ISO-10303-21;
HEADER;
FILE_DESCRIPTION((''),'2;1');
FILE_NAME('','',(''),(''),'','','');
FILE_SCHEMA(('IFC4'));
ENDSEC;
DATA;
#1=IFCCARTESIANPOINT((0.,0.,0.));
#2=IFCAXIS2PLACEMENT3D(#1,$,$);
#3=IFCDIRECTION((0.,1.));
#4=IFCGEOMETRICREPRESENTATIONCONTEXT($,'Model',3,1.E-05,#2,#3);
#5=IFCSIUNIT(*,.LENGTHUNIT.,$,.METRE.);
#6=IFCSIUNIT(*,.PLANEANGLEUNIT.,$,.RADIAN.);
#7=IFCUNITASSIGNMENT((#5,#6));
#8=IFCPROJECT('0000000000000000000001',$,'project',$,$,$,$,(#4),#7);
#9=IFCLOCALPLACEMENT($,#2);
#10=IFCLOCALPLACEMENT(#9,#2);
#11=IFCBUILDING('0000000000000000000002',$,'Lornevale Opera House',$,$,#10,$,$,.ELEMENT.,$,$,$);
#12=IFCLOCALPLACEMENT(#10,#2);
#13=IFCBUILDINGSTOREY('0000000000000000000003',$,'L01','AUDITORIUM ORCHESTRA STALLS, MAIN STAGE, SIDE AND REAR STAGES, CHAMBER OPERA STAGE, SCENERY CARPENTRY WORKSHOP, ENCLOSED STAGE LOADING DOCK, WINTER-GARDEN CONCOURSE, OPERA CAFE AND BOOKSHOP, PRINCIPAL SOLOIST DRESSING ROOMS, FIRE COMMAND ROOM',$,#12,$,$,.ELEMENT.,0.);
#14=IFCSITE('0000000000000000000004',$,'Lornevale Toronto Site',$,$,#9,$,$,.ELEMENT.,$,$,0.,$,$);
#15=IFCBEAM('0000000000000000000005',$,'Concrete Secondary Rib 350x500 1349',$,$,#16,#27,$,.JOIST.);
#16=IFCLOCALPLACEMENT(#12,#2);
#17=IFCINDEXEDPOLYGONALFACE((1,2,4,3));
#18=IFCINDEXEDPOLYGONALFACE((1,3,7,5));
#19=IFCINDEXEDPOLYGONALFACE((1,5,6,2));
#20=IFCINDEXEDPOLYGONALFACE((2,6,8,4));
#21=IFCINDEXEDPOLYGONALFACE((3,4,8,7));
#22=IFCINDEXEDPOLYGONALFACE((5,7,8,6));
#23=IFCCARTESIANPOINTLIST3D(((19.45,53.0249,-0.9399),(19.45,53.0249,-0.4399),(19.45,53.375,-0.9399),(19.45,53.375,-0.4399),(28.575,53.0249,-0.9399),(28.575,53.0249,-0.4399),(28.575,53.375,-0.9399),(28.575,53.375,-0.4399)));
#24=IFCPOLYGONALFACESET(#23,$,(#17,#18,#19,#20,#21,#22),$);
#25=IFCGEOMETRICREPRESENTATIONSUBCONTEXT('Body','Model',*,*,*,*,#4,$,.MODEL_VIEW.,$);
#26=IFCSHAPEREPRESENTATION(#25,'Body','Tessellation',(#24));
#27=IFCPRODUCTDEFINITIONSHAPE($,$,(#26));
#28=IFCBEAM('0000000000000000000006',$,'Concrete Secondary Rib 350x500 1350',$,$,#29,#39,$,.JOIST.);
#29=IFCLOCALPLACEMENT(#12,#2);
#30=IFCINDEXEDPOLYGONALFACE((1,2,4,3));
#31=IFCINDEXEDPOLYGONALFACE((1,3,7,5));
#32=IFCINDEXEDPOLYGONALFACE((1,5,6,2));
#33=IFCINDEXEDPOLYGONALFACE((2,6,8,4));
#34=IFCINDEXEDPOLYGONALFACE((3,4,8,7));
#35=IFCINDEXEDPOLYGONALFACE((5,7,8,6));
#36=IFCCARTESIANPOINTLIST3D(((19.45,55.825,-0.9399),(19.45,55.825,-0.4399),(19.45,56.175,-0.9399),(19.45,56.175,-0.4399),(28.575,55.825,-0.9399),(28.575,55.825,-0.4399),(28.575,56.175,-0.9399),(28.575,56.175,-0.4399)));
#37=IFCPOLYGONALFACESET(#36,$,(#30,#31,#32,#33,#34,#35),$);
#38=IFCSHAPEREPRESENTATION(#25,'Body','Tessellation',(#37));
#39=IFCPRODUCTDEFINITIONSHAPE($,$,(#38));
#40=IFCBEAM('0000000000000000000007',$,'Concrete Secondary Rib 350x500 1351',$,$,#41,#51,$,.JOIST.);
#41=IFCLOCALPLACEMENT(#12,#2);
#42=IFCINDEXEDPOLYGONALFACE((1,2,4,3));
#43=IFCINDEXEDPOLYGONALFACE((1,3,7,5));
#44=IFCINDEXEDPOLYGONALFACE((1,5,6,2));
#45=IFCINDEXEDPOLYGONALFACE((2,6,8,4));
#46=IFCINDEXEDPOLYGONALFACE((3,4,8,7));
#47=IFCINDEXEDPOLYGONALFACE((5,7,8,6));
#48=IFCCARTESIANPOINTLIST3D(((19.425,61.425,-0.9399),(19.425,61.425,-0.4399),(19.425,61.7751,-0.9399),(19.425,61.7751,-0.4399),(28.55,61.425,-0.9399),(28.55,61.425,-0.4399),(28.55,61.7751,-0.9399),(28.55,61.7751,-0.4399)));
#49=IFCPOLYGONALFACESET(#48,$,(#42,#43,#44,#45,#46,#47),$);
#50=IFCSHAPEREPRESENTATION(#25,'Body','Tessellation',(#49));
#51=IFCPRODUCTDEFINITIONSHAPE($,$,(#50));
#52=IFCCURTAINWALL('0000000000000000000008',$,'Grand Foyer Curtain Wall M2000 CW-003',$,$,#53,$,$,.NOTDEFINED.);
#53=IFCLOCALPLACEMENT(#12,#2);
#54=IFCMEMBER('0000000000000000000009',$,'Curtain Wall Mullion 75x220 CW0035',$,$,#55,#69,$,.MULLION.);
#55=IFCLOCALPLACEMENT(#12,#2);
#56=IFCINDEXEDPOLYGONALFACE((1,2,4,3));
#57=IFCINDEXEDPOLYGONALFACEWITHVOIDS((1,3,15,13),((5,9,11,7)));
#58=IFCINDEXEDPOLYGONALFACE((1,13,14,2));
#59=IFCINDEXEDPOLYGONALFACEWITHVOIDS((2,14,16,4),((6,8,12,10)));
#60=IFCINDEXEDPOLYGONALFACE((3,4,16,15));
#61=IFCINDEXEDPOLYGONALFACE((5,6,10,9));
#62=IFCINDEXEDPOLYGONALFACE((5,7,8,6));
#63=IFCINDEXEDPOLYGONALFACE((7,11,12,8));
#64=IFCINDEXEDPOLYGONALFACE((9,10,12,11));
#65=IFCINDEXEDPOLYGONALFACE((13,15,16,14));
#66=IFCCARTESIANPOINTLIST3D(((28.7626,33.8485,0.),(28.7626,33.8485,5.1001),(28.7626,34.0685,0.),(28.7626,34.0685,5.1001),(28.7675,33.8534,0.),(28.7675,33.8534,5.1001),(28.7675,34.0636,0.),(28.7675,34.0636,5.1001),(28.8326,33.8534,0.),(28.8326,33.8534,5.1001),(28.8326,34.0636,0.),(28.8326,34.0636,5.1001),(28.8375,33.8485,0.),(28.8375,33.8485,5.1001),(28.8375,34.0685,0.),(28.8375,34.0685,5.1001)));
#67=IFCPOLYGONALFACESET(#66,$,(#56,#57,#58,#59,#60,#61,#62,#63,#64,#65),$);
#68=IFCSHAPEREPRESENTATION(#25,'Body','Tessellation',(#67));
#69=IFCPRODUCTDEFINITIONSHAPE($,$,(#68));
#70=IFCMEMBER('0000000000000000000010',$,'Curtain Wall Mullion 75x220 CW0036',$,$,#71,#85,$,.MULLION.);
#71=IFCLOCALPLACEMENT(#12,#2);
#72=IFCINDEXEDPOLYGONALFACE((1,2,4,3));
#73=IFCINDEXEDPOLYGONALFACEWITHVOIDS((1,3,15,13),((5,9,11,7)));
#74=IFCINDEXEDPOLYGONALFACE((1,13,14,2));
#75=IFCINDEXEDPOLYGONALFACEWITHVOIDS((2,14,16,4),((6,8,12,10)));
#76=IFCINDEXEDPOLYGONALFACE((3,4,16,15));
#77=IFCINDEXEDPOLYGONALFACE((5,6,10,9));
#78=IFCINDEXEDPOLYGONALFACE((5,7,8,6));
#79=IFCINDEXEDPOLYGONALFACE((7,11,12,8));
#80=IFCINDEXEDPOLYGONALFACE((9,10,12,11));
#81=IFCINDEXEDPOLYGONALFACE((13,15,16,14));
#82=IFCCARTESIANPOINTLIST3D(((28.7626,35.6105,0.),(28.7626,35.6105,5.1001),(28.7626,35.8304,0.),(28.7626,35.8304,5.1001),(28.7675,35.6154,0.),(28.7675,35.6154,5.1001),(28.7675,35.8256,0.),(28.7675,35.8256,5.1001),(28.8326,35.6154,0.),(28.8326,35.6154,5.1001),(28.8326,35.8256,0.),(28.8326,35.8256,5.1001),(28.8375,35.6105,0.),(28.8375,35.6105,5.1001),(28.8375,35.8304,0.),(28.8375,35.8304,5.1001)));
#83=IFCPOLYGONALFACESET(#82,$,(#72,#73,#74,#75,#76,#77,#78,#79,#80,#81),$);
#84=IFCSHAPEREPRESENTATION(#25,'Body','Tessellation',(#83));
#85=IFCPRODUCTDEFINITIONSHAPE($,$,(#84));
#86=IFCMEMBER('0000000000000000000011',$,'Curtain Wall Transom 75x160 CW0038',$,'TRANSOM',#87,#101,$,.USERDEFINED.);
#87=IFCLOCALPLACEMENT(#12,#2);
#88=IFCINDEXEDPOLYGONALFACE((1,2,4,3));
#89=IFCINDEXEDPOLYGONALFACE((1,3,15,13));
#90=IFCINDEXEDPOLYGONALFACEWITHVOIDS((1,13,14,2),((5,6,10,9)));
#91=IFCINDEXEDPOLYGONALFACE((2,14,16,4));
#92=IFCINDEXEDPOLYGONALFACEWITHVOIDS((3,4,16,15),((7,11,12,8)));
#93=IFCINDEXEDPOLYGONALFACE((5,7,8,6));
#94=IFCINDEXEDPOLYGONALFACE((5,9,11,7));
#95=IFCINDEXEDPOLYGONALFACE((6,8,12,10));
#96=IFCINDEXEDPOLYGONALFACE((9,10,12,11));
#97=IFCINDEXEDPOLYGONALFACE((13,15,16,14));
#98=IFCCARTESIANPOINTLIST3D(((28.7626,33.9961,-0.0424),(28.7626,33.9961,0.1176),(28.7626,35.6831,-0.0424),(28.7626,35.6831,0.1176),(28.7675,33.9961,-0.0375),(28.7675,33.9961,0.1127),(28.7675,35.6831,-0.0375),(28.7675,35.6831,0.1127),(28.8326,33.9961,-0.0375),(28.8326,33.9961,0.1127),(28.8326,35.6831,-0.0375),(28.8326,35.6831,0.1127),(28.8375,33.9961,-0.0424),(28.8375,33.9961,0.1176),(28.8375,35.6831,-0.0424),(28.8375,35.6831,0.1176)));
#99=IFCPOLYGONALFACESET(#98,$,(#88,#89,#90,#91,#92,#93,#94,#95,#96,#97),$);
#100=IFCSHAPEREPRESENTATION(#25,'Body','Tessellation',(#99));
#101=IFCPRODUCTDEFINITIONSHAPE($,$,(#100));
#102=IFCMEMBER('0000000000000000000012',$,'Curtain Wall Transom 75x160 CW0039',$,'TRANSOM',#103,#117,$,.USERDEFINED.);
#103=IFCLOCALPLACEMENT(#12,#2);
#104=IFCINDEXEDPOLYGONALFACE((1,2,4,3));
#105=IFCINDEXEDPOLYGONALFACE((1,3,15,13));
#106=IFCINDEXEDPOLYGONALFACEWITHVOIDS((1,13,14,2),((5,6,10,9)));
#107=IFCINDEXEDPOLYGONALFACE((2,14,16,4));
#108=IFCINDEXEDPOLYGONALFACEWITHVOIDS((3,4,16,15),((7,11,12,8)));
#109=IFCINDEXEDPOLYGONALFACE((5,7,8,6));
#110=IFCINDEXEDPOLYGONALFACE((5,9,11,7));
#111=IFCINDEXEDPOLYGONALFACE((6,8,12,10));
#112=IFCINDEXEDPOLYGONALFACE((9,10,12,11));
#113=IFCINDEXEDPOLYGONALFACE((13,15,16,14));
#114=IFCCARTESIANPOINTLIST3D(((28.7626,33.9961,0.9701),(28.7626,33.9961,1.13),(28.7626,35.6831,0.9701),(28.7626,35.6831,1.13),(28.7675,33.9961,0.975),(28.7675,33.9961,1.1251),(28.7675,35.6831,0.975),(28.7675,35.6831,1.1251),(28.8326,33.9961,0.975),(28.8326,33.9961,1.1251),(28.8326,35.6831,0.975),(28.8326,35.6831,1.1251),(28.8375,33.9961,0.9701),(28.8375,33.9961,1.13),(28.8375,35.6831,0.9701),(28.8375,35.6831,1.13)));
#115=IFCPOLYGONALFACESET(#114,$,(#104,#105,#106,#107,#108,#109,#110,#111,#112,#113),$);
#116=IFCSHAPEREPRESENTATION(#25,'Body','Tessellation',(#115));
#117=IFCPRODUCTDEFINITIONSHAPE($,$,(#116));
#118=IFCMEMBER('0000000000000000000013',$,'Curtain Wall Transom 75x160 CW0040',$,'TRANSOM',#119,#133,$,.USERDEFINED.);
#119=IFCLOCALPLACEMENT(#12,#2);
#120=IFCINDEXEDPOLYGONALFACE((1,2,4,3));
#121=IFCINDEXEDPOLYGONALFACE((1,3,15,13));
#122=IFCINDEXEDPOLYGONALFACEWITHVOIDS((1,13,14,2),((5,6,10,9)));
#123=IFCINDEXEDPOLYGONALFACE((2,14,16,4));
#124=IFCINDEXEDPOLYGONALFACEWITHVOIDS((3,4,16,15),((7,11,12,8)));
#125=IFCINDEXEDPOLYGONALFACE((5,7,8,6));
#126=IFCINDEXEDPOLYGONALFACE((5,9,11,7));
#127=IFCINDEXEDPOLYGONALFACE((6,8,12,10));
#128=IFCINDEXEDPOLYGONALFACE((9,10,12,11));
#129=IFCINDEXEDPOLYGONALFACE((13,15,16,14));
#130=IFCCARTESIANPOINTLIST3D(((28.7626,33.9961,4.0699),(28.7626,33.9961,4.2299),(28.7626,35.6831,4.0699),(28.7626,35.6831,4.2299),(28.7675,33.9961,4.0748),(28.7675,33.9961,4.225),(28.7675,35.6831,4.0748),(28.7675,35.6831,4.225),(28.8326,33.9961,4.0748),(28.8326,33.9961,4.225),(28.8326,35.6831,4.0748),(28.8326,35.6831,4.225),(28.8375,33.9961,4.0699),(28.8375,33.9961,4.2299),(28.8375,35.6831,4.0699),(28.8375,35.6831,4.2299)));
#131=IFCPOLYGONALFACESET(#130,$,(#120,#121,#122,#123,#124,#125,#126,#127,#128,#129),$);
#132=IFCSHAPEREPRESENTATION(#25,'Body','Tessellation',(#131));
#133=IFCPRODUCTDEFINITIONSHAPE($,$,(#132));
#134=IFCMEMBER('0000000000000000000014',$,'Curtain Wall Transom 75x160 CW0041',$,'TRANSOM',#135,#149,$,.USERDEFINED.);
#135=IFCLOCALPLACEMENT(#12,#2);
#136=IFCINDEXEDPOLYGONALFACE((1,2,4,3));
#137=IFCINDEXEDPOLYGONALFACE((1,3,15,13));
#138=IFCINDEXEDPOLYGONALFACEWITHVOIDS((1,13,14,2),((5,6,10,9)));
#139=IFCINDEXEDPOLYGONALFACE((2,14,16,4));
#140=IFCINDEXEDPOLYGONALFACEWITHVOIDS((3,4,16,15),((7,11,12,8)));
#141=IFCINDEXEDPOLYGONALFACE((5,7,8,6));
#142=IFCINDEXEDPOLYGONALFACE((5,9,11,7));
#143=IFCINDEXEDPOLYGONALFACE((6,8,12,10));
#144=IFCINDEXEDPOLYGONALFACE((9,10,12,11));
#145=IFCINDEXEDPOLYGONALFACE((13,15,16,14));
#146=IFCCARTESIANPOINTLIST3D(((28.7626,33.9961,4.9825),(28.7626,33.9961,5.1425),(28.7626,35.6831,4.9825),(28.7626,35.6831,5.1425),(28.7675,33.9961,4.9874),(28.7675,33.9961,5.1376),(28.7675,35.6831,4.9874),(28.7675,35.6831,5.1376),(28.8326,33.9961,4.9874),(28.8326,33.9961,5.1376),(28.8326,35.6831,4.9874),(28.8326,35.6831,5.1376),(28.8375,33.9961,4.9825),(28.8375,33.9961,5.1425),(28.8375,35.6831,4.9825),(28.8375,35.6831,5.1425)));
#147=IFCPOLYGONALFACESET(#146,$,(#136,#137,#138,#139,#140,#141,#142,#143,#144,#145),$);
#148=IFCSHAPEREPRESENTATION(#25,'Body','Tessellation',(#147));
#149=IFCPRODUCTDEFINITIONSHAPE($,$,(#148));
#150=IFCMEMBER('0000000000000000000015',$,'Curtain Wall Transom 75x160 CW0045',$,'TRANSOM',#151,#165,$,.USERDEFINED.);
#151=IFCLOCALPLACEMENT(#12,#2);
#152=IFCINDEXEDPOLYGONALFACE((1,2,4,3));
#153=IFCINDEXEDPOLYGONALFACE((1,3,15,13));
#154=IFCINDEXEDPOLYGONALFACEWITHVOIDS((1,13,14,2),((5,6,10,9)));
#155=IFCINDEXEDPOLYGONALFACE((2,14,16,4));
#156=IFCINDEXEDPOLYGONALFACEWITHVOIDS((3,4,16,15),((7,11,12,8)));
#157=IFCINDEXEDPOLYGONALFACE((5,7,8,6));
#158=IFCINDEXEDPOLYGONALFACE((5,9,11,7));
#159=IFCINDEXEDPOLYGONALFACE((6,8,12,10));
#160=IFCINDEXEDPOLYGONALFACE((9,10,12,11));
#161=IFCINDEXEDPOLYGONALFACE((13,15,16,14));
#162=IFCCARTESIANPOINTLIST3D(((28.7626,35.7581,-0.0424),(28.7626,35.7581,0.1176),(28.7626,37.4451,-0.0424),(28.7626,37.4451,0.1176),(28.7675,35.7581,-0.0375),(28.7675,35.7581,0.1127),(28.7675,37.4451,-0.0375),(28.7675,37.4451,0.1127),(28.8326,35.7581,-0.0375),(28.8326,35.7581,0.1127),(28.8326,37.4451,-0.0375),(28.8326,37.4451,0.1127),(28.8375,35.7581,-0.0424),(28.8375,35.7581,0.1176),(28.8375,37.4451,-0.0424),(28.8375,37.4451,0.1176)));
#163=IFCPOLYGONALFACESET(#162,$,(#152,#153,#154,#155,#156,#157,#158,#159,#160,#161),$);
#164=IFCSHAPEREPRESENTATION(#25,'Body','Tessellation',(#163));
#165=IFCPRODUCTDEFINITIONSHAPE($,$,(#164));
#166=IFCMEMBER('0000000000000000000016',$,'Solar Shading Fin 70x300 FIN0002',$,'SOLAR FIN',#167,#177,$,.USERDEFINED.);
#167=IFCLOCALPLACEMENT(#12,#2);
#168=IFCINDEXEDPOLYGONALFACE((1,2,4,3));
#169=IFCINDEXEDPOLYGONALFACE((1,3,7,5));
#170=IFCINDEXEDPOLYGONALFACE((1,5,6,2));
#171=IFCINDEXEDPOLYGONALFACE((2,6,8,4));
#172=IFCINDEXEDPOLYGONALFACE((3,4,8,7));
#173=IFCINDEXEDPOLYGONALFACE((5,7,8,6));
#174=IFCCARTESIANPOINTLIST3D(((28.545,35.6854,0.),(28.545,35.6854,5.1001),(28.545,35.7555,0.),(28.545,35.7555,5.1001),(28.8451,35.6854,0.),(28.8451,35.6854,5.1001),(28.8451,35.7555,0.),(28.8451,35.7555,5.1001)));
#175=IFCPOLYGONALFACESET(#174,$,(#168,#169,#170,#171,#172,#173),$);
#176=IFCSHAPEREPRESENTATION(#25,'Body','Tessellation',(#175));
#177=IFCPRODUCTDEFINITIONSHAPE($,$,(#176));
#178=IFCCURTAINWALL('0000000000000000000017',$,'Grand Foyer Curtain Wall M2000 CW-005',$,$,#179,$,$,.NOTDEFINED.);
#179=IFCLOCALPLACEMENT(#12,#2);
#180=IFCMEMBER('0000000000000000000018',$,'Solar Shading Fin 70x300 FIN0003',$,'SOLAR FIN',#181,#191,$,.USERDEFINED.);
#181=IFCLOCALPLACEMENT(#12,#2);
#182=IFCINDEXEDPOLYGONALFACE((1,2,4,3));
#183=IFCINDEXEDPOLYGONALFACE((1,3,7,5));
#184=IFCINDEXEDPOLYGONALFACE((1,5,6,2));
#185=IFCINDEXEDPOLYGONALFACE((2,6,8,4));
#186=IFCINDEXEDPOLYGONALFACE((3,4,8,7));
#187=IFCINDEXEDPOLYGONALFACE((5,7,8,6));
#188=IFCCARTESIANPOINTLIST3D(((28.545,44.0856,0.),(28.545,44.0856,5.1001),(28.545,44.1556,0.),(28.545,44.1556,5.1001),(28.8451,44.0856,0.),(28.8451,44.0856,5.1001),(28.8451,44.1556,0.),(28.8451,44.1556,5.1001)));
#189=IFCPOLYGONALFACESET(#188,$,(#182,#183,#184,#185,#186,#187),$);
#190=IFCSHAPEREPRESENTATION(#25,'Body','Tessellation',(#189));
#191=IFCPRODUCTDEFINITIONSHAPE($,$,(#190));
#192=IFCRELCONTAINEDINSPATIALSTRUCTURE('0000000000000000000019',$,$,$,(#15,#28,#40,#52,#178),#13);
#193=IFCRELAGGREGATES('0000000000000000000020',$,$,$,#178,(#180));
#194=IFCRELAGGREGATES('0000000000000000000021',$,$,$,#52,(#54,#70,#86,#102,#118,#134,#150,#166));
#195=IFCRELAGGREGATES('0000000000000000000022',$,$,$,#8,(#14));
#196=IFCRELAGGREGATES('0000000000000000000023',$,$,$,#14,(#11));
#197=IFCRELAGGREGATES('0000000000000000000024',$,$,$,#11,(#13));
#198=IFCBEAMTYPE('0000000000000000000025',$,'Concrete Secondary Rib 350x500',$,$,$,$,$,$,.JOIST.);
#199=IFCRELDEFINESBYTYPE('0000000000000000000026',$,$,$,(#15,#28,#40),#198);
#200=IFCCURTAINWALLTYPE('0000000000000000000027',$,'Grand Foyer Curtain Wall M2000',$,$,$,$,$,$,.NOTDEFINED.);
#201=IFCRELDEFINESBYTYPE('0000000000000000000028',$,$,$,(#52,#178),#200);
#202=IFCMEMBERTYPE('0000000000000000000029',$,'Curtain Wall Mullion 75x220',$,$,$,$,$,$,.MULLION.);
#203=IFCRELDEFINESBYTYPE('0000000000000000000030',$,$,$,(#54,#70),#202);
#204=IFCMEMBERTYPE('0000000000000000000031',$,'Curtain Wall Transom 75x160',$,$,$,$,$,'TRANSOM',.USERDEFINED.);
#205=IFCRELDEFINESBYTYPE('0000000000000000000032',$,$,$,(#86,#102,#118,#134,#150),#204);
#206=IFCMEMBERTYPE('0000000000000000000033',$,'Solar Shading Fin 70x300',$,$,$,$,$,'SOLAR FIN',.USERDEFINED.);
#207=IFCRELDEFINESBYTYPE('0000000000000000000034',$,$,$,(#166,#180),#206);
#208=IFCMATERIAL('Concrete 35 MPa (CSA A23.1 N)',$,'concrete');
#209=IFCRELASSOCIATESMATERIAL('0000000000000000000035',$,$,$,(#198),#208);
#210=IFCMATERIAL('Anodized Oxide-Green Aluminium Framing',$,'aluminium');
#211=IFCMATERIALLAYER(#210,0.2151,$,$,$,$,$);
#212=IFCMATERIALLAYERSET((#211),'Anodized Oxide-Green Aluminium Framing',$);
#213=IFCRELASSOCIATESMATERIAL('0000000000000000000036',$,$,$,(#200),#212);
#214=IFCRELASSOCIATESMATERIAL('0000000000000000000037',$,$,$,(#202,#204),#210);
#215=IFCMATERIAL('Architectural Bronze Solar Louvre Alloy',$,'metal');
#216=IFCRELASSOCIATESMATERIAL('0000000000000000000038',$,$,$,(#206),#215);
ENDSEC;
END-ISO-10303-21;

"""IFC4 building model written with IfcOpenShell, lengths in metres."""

from ifc_helpers import new_model, si_unit, direction, frame, origin, origin_2d, place, context, subcontext, project, spatial, rectangle, hollow_rectangle, extrude, material, layer, layer_set, material_profile, profile_set, type_object, element, aggregate, save


model = new_model("IFC4")

# Units and contexts
model_context = context("Model", 3, precision=1e-05, world=origin(), true_north=direction((0.0, 1.0)))
body_context = subcontext(model_context, "Body", "Model", "MODEL_VIEW")
ifc_project = project(units=[si_unit("LENGTHUNIT", "METRE"), si_unit("PLANEANGLEUNIT", "RADIAN")], contexts=[model_context])

# Site, building, storey
site_placement = place(None, origin())
site = spatial("IfcSite", under=ifc_project, at=site_placement, Name="Lornevale Toronto Site", CompositionType="ELEMENT", RefElevation=0.0)
building_placement = place(site_placement, origin())
building = spatial("IfcBuilding", under=site, at=building_placement, Name="Lornevale Opera House", CompositionType="ELEMENT")
storey_placement = place(building_placement, origin())
storey = spatial("IfcBuildingStorey", under=building, at=storey_placement, Name="L01", Description="AUDITORIUM ORCHESTRA STALLS, MAIN STAGE, SIDE AND REAR STAGES, CHAMBER OPERA STAGE, SCENERY CARPENTRY WORKSHOP, ENCLOSED STAGE LOADING DOCK, WINTER-GARDEN CONCOURSE, OPERA CAFE AND BOOKSHOP, PRINCIPAL SOLOIST DRESSING ROOMS, FIRE COMMAND ROOM", CompositionType="ELEMENT", Elevation=0.0)

# Beams
ifc_material_1 = material(Name="Concrete 35 MPa (CSA A23.1 N)", Category="concrete")
ifc_material_profile_1 = material_profile(ifc_material_1, rectangle(XDim=0.3501, YDim=0.5, at=origin_2d()), Name="RC350x500")
ifc_profile_set_1 = profile_set([ifc_material_profile_1], Name="Concrete 35 MPa (CSA A23.1 N)")
beam_type_1 = type_object("IfcBeamType", Name="Concrete Secondary Rib 350x500", PredefinedType="JOIST", material=ifc_profile_set_1)
for number, where, z_axis, x_axis, name in (
    (1, (19.45, 53.2, -0.6899), (1.0, 0.0, 0.0), (0.0, 1.0, 0.0), "Concrete Secondary Rib 350x500 1349"),
    (2, (19.45, 56.0, -0.6899), (1.0, 0.0, 0.0), (0.0, 1.0, 0.0), "Concrete Secondary Rib 350x500 1350"),
    (3, (19.425, 61.6001, -0.6899), (1.0, 0.0, 0.0), (0.0, 1.0, 0.0), "Concrete Secondary Rib 350x500 1351"),
):
    element("IfcBeam", number, at=place(storey_placement, frame(where, z_axis=z_axis, x_axis=x_axis)), inside=storey, type_object=beam_type_1, Name=name, PredefinedType="JOIST", context=body_context, shape_type="SweptSolid", body=[
        extrude(rectangle(XDim=0.3501, YDim=0.5, at=origin_2d()), origin(), (0.0, 0.0, 1.0), 9.125),
    ])

# Curtain wall, members
ifc_material_2 = material(Name="Anodized Oxide-Green Aluminium Framing", Category="aluminium")
ifc_layer_1 = layer(ifc_material_2, 0.2151)
ifc_layer_set_1 = layer_set([ifc_layer_1], Name="Anodized Oxide-Green Aluminium Framing")
curtain_wall_type = type_object("IfcCurtainWallType", Name="Grand Foyer Curtain Wall M2000", PredefinedType="NOTDEFINED", material=ifc_layer_set_1)
curtain_wall_1_placement = place(storey_placement, origin())
curtain_wall_1 = element("IfcCurtainWall", 4, at=curtain_wall_1_placement, inside=storey, type_object=curtain_wall_type, Name="Grand Foyer Curtain Wall M2000 CW-003", PredefinedType="NOTDEFINED")
ifc_material_profile_2 = material_profile(ifc_material_2, hollow_rectangle(XDim=0.075, YDim=0.22, WallThickness=0.0049, at=origin_2d()), Name="ALU75x220x5")
ifc_profile_set_2 = profile_set([ifc_material_profile_2], Name="Anodized Oxide-Green Aluminium Framing")
member_type_1 = type_object("IfcMemberType", Name="Curtain Wall Mullion 75x220", PredefinedType="MULLION", material=ifc_profile_set_2)
member_1_placement = place(storey_placement, frame((28.8, 33.9585, 0.0), z_axis=(0.0, 0.0, 1.0), x_axis=(-1.0, 0.0, 0.0)))
member_1 = element("IfcMember", 5, at=member_1_placement, type_object=member_type_1, Name="Curtain Wall Mullion 75x220 CW0035", PredefinedType="MULLION", context=body_context, shape_type="SweptSolid", body=[
    extrude(hollow_rectangle(XDim=0.075, YDim=0.22, WallThickness=0.0049, at=origin_2d()), origin(), (0.0, 0.0, 1.0), 5.1001),
])
member_2_placement = place(storey_placement, frame((28.8, 35.7205, 0.0), z_axis=(0.0, 0.0, 1.0), x_axis=(-1.0, 0.0, 0.0)))
member_2 = element("IfcMember", 6, at=member_2_placement, type_object=member_type_1, Name="Curtain Wall Mullion 75x220 CW0036", PredefinedType="MULLION", context=body_context, shape_type="SweptSolid", body=[
    extrude(hollow_rectangle(XDim=0.075, YDim=0.22, WallThickness=0.0049, at=origin_2d()), origin(), (0.0, 0.0, 1.0), 5.1001),
])
ifc_material_profile_3 = material_profile(ifc_material_2, hollow_rectangle(XDim=0.075, YDim=0.1599, WallThickness=0.0049, at=origin_2d()), Name="ALU75x160x5")
ifc_profile_set_3 = profile_set([ifc_material_profile_3], Name="Anodized Oxide-Green Aluminium Framing")
member_type_2 = type_object("IfcMemberType", Name="Curtain Wall Transom 75x160", ElementType="TRANSOM", PredefinedType="USERDEFINED", material=ifc_profile_set_3)
member_3_placement = place(storey_placement, frame((28.8, 33.9961, 0.0376), z_axis=(0.0, 1.0, 0.0), x_axis=(-1.0, 0.0, 0.0)))
member_3 = element("IfcMember", 7, at=member_3_placement, type_object=member_type_2, Name="Curtain Wall Transom 75x160 CW0038", ObjectType="TRANSOM", PredefinedType="USERDEFINED", context=body_context, shape_type="SweptSolid", body=[
    extrude(hollow_rectangle(XDim=0.075, YDim=0.1599, WallThickness=0.0049, at=origin_2d()), origin(), (0.0, 0.0, 1.0), 1.687),
])
member_4_placement = place(storey_placement, frame((28.8, 33.9961, 1.05), z_axis=(0.0, 1.0, 0.0), x_axis=(-1.0, 0.0, 0.0)))
member_4 = element("IfcMember", 8, at=member_4_placement, type_object=member_type_2, Name="Curtain Wall Transom 75x160 CW0039", ObjectType="TRANSOM", PredefinedType="USERDEFINED", context=body_context, shape_type="SweptSolid", body=[
    extrude(hollow_rectangle(XDim=0.075, YDim=0.1599, WallThickness=0.0049, at=origin_2d()), origin(), (0.0, 0.0, 1.0), 1.687),
])
member_5_placement = place(storey_placement, frame((28.8, 33.9961, 4.1499), z_axis=(0.0, 1.0, 0.0), x_axis=(-1.0, 0.0, 0.0)))
member_5 = element("IfcMember", 9, at=member_5_placement, type_object=member_type_2, Name="Curtain Wall Transom 75x160 CW0040", ObjectType="TRANSOM", PredefinedType="USERDEFINED", context=body_context, shape_type="SweptSolid", body=[
    extrude(hollow_rectangle(XDim=0.075, YDim=0.1599, WallThickness=0.0049, at=origin_2d()), origin(), (0.0, 0.0, 1.0), 1.687),
])
member_6_placement = place(storey_placement, frame((28.8, 33.9961, 5.0625), z_axis=(0.0, 1.0, 0.0), x_axis=(-1.0, 0.0, 0.0)))
member_6 = element("IfcMember", 10, at=member_6_placement, type_object=member_type_2, Name="Curtain Wall Transom 75x160 CW0041", ObjectType="TRANSOM", PredefinedType="USERDEFINED", context=body_context, shape_type="SweptSolid", body=[
    extrude(hollow_rectangle(XDim=0.075, YDim=0.1599, WallThickness=0.0049, at=origin_2d()), origin(), (0.0, 0.0, 1.0), 1.687),
])
member_7_placement = place(storey_placement, frame((28.8, 35.7581, 0.0376), z_axis=(0.0, 1.0, 0.0), x_axis=(-1.0, 0.0, 0.0)))
member_7 = element("IfcMember", 11, at=member_7_placement, type_object=member_type_2, Name="Curtain Wall Transom 75x160 CW0045", ObjectType="TRANSOM", PredefinedType="USERDEFINED", context=body_context, shape_type="SweptSolid", body=[
    extrude(hollow_rectangle(XDim=0.075, YDim=0.1599, WallThickness=0.0049, at=origin_2d()), origin(), (0.0, 0.0, 1.0), 1.687),
])
ifc_material_3 = material(Name="Architectural Bronze Solar Louvre Alloy", Category="metal")
ifc_material_profile_4 = material_profile(ifc_material_3, rectangle(XDim=0.0701, YDim=0.3, at=origin_2d()), Name="FIN70x300")
ifc_profile_set_4 = profile_set([ifc_material_profile_4], Name="Architectural Bronze Solar Louvre Alloy")
member_type_3 = type_object("IfcMemberType", Name="Solar Shading Fin 70x300", ElementType="SOLAR FIN", PredefinedType="USERDEFINED", material=ifc_profile_set_4)
member_8_placement = place(storey_placement, frame((28.6951, 35.7205, 0.0), z_axis=(0.0, 0.0, 1.0), x_axis=(0.0, 1.0, 0.0)))
member_8 = element("IfcMember", 12, at=member_8_placement, type_object=member_type_3, Name="Solar Shading Fin 70x300 FIN0002", ObjectType="SOLAR FIN", PredefinedType="USERDEFINED", context=body_context, shape_type="SweptSolid", body=[
    extrude(rectangle(XDim=0.0701, YDim=0.3, at=origin_2d()), origin(), (0.0, 0.0, 1.0), 5.1001),
])

# Curtain wall, member
curtain_wall_2_placement = place(storey_placement, origin())
curtain_wall_2 = element("IfcCurtainWall", 13, at=curtain_wall_2_placement, inside=storey, type_object=curtain_wall_type, Name="Grand Foyer Curtain Wall M2000 CW-005", PredefinedType="NOTDEFINED")
member_9_placement = place(storey_placement, frame((28.6951, 44.1206, 0.0), z_axis=(0.0, 0.0, 1.0), x_axis=(0.0, 1.0, 0.0)))
member_9 = element("IfcMember", 14, at=member_9_placement, type_object=member_type_3, Name="Solar Shading Fin 70x300 FIN0003", ObjectType="SOLAR FIN", PredefinedType="USERDEFINED", context=body_context, shape_type="SweptSolid", body=[
    extrude(rectangle(XDim=0.0701, YDim=0.3, at=origin_2d()), origin(), (0.0, 0.0, 1.0), 5.1001),
])
aggregate(curtain_wall_2, [member_9])

aggregate(curtain_wall_1, [member_1, member_2, member_3, member_4, member_5, member_6, member_7, member_8])

save(model, "model.ifc")
